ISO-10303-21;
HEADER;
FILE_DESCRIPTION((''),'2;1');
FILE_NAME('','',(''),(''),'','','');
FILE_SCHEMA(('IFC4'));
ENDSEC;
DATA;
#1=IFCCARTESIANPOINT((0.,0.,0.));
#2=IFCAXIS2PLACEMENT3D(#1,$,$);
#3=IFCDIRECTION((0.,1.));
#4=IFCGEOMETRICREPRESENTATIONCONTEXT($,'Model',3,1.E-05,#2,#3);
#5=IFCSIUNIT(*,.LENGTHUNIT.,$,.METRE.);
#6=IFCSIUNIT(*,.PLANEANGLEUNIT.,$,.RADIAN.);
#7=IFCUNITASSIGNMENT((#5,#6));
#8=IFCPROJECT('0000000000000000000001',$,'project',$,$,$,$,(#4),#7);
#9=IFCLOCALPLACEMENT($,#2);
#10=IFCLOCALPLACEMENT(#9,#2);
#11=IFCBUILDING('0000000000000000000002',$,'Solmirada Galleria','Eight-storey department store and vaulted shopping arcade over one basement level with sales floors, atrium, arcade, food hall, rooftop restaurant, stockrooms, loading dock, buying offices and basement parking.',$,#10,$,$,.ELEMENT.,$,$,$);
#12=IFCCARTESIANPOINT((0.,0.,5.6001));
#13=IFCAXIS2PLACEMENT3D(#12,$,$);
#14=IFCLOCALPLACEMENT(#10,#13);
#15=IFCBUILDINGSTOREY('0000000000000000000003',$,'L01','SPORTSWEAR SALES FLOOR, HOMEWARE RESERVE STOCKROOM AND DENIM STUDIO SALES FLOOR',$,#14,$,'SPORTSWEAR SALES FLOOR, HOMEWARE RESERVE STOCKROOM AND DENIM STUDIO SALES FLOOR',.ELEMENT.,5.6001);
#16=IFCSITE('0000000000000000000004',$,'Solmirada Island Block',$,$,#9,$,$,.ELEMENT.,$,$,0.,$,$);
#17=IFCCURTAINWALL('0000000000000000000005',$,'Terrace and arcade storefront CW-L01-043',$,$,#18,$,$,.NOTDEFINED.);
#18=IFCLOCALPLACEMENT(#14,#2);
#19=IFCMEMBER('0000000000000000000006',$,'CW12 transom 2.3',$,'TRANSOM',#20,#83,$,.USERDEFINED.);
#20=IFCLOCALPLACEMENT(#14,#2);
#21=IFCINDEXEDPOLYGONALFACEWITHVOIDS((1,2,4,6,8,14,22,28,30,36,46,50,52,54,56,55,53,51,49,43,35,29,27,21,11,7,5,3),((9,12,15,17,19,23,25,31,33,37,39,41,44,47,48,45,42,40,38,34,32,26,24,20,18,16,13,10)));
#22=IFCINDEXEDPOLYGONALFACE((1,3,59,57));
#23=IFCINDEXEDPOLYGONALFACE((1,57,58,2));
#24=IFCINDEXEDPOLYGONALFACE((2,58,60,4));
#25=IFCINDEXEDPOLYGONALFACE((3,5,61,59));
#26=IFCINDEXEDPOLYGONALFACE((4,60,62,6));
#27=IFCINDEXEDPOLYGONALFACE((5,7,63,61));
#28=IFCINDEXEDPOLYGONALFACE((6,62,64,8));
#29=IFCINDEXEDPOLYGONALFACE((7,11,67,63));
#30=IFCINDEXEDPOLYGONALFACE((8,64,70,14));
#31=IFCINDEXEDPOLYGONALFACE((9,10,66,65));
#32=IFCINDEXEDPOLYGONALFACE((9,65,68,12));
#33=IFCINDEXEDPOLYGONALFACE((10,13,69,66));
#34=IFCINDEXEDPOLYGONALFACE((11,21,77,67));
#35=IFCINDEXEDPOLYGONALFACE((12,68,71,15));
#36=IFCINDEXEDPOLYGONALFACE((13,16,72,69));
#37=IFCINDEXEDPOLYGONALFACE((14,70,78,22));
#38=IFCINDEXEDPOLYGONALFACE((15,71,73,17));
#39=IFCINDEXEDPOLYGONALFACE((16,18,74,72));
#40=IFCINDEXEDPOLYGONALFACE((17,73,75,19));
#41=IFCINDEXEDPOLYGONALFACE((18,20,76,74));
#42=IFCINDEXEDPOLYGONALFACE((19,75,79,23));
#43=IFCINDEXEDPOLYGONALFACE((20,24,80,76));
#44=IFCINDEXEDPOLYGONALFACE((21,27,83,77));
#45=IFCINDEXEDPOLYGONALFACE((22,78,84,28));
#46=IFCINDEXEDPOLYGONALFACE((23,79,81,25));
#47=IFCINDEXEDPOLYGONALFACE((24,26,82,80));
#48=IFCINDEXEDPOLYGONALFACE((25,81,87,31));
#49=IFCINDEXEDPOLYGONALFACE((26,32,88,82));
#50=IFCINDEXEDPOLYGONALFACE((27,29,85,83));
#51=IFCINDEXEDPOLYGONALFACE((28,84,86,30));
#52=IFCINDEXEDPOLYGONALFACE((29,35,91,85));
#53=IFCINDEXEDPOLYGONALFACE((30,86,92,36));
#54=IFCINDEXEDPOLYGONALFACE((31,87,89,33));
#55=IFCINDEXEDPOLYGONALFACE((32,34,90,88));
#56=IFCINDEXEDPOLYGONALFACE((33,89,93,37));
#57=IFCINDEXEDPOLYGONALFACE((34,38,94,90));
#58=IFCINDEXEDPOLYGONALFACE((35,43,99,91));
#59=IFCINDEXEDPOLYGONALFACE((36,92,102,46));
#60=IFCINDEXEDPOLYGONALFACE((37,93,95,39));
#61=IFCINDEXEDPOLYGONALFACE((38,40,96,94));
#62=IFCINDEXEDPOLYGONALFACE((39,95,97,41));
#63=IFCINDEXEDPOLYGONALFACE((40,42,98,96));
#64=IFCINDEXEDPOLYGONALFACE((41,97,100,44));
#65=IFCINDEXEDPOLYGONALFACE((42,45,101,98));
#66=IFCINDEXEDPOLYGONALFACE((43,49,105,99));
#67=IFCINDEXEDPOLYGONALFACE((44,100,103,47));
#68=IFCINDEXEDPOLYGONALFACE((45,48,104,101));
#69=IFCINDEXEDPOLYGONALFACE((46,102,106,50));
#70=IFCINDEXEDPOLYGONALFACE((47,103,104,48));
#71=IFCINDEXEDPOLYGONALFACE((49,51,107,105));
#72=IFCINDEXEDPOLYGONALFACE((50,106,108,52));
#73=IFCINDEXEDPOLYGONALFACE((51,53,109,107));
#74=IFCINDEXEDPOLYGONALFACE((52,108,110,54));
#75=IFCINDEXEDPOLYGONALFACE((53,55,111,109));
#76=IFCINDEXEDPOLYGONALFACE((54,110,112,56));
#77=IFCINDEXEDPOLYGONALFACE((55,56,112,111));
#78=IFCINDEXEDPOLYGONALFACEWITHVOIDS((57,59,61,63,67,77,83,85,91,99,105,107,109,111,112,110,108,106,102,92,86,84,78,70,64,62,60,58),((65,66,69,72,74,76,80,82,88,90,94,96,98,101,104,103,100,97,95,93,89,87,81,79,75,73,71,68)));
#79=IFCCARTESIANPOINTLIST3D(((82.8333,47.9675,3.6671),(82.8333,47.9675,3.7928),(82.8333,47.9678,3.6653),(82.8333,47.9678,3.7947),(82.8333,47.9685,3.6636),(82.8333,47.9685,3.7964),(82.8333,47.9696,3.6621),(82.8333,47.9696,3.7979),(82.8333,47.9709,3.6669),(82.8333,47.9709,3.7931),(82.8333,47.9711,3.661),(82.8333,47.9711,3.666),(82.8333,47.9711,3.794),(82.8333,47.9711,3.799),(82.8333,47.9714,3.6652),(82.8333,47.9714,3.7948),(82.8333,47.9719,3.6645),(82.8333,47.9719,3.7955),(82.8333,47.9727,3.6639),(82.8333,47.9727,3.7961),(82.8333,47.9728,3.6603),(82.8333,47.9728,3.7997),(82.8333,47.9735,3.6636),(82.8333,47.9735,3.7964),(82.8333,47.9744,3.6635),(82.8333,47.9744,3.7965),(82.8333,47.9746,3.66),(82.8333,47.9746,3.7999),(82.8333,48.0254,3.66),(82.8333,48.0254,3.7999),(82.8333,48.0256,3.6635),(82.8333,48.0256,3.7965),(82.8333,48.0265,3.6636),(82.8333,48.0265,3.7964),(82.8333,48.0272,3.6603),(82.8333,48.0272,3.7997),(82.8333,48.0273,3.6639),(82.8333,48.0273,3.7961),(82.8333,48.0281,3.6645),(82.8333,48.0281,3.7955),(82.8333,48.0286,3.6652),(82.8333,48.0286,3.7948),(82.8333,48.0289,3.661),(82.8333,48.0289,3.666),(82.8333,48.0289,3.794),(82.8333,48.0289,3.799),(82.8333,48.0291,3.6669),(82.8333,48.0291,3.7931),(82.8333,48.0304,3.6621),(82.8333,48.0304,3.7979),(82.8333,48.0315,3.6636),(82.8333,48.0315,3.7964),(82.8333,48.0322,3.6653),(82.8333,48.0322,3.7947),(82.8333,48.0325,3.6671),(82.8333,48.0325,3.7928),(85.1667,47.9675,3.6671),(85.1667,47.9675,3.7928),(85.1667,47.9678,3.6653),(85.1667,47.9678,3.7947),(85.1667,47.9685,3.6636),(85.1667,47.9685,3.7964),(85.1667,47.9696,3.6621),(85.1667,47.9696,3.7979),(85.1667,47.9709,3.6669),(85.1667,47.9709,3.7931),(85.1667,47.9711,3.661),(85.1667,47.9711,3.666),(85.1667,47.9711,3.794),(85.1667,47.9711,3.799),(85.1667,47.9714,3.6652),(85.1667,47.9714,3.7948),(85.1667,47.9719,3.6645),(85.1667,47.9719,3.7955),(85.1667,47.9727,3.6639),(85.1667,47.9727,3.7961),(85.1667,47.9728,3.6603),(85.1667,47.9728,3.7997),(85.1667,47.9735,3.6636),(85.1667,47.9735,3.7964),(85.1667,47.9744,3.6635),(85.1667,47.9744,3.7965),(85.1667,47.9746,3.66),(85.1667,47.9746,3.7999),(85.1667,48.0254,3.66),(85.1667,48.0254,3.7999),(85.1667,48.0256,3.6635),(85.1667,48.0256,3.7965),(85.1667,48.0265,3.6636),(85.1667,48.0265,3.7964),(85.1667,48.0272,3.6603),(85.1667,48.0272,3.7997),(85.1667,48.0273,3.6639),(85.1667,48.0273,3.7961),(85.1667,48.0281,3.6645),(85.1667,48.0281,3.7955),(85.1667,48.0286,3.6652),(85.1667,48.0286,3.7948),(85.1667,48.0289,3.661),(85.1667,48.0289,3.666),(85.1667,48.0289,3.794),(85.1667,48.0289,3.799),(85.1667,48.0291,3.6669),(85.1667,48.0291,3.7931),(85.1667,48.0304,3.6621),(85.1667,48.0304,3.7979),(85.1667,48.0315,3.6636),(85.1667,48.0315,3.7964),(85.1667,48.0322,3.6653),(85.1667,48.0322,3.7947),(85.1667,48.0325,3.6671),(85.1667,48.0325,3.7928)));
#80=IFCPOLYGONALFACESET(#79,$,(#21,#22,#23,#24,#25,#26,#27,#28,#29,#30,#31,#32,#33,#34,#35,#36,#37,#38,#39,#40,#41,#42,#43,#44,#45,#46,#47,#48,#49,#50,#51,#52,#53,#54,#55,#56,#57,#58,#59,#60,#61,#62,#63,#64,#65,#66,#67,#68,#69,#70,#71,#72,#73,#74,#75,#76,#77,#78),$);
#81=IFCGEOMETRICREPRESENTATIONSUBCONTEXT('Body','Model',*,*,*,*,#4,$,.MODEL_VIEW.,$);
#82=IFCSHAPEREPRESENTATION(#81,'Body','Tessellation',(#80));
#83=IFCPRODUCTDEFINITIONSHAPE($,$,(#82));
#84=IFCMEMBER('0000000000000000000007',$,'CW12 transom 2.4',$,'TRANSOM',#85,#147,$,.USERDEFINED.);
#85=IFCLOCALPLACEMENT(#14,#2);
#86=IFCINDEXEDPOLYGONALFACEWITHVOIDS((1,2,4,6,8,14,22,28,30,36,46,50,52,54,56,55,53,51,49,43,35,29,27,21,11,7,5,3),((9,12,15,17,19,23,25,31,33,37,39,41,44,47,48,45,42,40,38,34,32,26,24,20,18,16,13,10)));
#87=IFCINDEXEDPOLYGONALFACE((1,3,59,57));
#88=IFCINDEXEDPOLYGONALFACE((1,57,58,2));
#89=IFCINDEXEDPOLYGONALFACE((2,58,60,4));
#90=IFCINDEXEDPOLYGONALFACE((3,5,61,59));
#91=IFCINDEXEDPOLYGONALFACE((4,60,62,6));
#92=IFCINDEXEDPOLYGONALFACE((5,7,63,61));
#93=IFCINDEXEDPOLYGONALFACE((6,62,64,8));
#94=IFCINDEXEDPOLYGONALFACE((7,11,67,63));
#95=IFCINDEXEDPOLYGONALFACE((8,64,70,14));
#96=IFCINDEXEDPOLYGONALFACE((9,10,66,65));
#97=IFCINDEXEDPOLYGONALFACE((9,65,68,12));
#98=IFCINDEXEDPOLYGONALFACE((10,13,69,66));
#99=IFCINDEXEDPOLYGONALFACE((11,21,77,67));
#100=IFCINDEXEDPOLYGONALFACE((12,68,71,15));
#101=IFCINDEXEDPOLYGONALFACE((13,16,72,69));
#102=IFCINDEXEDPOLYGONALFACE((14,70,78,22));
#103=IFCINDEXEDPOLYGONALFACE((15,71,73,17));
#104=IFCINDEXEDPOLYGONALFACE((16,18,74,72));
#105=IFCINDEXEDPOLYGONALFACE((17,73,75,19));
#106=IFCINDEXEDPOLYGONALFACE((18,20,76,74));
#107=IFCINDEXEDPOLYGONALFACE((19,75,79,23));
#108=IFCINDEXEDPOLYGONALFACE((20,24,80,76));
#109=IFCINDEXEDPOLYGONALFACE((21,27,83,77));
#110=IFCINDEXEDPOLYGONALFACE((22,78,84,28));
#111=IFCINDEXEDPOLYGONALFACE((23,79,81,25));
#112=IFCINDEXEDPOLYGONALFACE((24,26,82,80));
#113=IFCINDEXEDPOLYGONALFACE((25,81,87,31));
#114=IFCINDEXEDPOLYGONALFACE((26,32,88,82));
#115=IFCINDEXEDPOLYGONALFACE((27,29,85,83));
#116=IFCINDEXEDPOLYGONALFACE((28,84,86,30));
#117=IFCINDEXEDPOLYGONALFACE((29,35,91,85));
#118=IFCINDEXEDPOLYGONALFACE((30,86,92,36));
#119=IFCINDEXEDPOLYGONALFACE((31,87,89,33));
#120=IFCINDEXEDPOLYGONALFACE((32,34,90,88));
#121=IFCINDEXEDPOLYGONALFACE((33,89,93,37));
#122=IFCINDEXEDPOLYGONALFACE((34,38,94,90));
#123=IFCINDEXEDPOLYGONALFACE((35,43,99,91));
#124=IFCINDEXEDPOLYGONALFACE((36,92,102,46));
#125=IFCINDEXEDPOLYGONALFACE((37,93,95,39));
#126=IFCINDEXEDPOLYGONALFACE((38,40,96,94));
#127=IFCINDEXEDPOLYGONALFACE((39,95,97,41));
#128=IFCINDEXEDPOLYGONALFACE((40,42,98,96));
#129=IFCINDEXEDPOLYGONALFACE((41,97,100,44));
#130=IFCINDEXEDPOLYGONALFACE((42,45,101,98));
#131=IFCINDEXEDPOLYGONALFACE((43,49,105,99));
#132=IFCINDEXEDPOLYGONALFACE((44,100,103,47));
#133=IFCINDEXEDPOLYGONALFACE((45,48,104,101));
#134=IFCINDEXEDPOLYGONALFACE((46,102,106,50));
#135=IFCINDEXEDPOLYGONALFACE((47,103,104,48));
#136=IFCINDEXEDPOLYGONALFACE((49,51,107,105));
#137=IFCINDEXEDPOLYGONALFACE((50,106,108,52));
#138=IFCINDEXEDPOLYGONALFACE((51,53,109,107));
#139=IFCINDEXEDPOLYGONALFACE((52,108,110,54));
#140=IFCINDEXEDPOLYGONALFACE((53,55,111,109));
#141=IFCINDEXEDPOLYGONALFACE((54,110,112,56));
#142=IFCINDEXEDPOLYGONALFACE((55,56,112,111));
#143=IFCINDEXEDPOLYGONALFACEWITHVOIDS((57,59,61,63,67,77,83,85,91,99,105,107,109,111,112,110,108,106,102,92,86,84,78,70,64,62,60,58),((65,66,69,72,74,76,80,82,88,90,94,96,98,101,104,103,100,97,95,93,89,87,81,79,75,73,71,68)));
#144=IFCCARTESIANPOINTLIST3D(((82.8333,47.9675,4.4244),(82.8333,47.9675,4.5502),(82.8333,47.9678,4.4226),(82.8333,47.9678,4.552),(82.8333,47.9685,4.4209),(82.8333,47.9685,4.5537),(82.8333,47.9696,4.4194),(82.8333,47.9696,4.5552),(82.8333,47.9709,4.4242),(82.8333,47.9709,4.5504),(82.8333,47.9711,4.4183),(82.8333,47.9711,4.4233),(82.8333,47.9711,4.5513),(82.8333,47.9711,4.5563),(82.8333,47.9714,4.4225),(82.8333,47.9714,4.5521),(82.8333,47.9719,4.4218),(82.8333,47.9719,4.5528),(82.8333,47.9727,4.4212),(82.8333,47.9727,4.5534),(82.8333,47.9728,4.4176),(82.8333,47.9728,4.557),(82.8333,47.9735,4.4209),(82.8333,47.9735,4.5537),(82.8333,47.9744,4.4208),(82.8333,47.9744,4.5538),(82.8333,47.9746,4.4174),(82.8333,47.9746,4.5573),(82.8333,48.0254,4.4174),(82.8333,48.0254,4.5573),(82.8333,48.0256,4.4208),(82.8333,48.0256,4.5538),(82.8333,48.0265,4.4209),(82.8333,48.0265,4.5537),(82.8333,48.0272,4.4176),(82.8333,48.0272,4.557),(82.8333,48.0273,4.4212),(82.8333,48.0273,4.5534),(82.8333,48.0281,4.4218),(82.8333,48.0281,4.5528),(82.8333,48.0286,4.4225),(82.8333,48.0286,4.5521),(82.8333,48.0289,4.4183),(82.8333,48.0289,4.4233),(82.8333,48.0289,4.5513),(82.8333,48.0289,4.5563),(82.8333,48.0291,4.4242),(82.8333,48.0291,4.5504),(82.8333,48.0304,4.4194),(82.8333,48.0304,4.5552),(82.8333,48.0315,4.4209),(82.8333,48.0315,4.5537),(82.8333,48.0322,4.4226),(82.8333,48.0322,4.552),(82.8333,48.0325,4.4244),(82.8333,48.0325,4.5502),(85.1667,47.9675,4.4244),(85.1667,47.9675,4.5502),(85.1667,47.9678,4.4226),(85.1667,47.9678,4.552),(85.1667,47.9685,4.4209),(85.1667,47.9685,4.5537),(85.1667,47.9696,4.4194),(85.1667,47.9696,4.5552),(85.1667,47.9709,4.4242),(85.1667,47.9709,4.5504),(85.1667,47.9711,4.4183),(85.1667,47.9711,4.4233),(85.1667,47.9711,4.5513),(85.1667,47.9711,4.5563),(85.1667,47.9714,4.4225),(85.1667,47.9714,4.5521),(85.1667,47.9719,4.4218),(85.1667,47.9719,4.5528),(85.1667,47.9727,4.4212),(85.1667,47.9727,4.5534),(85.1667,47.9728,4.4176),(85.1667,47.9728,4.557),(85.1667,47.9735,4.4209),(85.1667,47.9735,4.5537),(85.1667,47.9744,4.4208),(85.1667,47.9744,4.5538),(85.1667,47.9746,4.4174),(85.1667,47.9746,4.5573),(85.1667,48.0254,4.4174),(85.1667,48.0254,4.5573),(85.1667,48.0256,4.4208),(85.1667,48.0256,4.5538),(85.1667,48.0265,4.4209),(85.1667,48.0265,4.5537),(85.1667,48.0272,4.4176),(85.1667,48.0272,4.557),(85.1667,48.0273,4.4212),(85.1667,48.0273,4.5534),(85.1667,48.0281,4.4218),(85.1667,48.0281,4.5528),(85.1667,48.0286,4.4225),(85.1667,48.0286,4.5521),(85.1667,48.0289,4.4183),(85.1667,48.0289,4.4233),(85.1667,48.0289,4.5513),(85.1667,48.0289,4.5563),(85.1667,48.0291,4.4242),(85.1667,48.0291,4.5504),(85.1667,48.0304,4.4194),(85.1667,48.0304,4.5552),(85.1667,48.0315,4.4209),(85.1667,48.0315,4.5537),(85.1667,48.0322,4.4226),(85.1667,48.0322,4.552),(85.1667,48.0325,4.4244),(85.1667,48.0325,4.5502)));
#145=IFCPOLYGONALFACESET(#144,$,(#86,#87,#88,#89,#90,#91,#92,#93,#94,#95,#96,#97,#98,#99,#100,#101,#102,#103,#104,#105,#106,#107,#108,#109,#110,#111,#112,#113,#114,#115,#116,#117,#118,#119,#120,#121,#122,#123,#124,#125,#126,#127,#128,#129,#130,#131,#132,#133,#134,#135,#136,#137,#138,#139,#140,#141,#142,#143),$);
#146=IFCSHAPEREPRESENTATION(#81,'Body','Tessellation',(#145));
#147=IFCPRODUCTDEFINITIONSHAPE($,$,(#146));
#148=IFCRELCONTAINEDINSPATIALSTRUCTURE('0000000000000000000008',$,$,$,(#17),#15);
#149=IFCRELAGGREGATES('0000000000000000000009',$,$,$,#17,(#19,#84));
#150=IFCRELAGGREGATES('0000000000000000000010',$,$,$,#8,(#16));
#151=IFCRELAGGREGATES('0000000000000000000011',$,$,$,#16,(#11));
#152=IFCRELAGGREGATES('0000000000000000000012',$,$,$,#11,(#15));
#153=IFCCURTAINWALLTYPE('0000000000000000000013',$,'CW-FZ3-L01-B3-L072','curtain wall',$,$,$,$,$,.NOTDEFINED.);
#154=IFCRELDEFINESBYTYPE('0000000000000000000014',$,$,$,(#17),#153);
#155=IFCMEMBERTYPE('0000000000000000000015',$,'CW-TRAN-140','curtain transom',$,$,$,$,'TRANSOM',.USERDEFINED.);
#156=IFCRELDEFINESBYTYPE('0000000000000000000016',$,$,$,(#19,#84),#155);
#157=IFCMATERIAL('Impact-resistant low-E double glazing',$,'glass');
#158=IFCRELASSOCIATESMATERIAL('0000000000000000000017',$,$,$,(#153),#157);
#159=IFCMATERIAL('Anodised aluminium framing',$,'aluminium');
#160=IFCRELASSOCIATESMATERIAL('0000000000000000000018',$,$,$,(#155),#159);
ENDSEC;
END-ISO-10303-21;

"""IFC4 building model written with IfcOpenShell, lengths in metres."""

from ifc_helpers import new_model, si_unit, direction, frame, origin, origin_2d, place, context, subcontext, project, spatial, hollow_rectangle, extrude, material, material_profile, profile_set, type_object, element, aggregate, save


model = new_model("IFC4")

# Units and contexts
model_context = context("Model", 3, precision=1e-05, world=origin(), true_north=direction((0.0, 1.0)))
body_context = subcontext(model_context, "Body", "Model", "MODEL_VIEW")
ifc_project = project(units=[si_unit("LENGTHUNIT", "METRE"), si_unit("PLANEANGLEUNIT", "RADIAN")], contexts=[model_context])

# Site, building, storey
site_placement = place(None, origin())
site = spatial("IfcSite", under=ifc_project, at=site_placement, Name="Solmirada Island Block", CompositionType="ELEMENT", RefElevation=0.0)
building_placement = place(site_placement, origin())
building = spatial("IfcBuilding", under=site, at=building_placement, Name="Solmirada Galleria", Description="Eight-storey department store and vaulted shopping arcade over one basement level with sales floors, atrium, arcade, food hall, rooftop restaurant, stockrooms, loading dock, buying offices and basement parking.", CompositionType="ELEMENT")
storey_placement = place(building_placement, frame((0.0, 0.0, 5.6001)))
storey = spatial("IfcBuildingStorey", under=building, at=storey_placement, Name="L01", Description="SPORTSWEAR SALES FLOOR, HOMEWARE RESERVE STOCKROOM AND DENIM STUDIO SALES FLOOR", LongName="SPORTSWEAR SALES FLOOR, HOMEWARE RESERVE STOCKROOM AND DENIM STUDIO SALES FLOOR", CompositionType="ELEMENT", Elevation=5.6001)

# Curtain wall
ifc_material_1 = material(Name="Impact-resistant low-E double glazing", Category="glass")
curtain_wall_type = type_object("IfcCurtainWallType", Name="CW-FZ3-L01-B3-L072", Description="curtain wall", PredefinedType="NOTDEFINED", material=ifc_material_1)
curtain_wall_1_placement = place(storey_placement, origin())
curtain_wall_1 = element("IfcCurtainWall", 1, at=curtain_wall_1_placement, inside=storey, type_object=curtain_wall_type, Name="Terrace and arcade storefront CW-L01-043", PredefinedType="NOTDEFINED")
ifc_material_2 = material(Name="Anodised aluminium framing", Category="aluminium")

# Members
ifc_material_profile_1 = material_profile(ifc_material_2, hollow_rectangle(XDim=0.0649, YDim=0.1399, WallThickness=0.0034, InnerFilletRadius=0.0034, OuterFilletRadius=0.0071, at=origin_2d()), Name="ALU-TRAN-140X65")
ifc_profile_set_1 = profile_set([ifc_material_profile_1], Name="Anodised aluminium framing")
member_type_1 = type_object("IfcMemberType", Name="CW-TRAN-140", Description="curtain transom", ElementType="TRANSOM", PredefinedType="USERDEFINED", material=ifc_profile_set_1)
member_1_placement = place(storey_placement, frame((85.1667, 48.0, 3.73), z_axis=(-1.0, 0.0, 0.0), x_axis=(0.0, -1.0, 0.0)))
member_1 = element("IfcMember", 2, at=member_1_placement, type_object=member_type_1, Name="CW12 transom 2.3", ObjectType="TRANSOM", PredefinedType="USERDEFINED", context=body_context, shape_type="SweptSolid", body=[
    extrude(hollow_rectangle(XDim=0.0649, YDim=0.1399, WallThickness=0.0034, InnerFilletRadius=0.0034, OuterFilletRadius=0.0071, at=origin_2d()), origin(), (0.0, 0.0, 1.0), 2.3335),
])
member_2_placement = place(storey_placement, frame((85.1667, 48.0, 4.4873), z_axis=(-1.0, 0.0, 0.0), x_axis=(0.0, -1.0, 0.0)))
member_2 = element("IfcMember", 3, at=member_2_placement, type_object=member_type_1, Name="CW12 transom 2.4", ObjectType="TRANSOM", PredefinedType="USERDEFINED", context=body_context, shape_type="SweptSolid", body=[
    extrude(hollow_rectangle(XDim=0.0649, YDim=0.1399, WallThickness=0.0034, InnerFilletRadius=0.0034, OuterFilletRadius=0.0071, at=origin_2d()), origin(), (0.0, 0.0, 1.0), 2.3335),
])

aggregate(curtain_wall_1, [member_1, member_2])

save(model, "model.ifc")
